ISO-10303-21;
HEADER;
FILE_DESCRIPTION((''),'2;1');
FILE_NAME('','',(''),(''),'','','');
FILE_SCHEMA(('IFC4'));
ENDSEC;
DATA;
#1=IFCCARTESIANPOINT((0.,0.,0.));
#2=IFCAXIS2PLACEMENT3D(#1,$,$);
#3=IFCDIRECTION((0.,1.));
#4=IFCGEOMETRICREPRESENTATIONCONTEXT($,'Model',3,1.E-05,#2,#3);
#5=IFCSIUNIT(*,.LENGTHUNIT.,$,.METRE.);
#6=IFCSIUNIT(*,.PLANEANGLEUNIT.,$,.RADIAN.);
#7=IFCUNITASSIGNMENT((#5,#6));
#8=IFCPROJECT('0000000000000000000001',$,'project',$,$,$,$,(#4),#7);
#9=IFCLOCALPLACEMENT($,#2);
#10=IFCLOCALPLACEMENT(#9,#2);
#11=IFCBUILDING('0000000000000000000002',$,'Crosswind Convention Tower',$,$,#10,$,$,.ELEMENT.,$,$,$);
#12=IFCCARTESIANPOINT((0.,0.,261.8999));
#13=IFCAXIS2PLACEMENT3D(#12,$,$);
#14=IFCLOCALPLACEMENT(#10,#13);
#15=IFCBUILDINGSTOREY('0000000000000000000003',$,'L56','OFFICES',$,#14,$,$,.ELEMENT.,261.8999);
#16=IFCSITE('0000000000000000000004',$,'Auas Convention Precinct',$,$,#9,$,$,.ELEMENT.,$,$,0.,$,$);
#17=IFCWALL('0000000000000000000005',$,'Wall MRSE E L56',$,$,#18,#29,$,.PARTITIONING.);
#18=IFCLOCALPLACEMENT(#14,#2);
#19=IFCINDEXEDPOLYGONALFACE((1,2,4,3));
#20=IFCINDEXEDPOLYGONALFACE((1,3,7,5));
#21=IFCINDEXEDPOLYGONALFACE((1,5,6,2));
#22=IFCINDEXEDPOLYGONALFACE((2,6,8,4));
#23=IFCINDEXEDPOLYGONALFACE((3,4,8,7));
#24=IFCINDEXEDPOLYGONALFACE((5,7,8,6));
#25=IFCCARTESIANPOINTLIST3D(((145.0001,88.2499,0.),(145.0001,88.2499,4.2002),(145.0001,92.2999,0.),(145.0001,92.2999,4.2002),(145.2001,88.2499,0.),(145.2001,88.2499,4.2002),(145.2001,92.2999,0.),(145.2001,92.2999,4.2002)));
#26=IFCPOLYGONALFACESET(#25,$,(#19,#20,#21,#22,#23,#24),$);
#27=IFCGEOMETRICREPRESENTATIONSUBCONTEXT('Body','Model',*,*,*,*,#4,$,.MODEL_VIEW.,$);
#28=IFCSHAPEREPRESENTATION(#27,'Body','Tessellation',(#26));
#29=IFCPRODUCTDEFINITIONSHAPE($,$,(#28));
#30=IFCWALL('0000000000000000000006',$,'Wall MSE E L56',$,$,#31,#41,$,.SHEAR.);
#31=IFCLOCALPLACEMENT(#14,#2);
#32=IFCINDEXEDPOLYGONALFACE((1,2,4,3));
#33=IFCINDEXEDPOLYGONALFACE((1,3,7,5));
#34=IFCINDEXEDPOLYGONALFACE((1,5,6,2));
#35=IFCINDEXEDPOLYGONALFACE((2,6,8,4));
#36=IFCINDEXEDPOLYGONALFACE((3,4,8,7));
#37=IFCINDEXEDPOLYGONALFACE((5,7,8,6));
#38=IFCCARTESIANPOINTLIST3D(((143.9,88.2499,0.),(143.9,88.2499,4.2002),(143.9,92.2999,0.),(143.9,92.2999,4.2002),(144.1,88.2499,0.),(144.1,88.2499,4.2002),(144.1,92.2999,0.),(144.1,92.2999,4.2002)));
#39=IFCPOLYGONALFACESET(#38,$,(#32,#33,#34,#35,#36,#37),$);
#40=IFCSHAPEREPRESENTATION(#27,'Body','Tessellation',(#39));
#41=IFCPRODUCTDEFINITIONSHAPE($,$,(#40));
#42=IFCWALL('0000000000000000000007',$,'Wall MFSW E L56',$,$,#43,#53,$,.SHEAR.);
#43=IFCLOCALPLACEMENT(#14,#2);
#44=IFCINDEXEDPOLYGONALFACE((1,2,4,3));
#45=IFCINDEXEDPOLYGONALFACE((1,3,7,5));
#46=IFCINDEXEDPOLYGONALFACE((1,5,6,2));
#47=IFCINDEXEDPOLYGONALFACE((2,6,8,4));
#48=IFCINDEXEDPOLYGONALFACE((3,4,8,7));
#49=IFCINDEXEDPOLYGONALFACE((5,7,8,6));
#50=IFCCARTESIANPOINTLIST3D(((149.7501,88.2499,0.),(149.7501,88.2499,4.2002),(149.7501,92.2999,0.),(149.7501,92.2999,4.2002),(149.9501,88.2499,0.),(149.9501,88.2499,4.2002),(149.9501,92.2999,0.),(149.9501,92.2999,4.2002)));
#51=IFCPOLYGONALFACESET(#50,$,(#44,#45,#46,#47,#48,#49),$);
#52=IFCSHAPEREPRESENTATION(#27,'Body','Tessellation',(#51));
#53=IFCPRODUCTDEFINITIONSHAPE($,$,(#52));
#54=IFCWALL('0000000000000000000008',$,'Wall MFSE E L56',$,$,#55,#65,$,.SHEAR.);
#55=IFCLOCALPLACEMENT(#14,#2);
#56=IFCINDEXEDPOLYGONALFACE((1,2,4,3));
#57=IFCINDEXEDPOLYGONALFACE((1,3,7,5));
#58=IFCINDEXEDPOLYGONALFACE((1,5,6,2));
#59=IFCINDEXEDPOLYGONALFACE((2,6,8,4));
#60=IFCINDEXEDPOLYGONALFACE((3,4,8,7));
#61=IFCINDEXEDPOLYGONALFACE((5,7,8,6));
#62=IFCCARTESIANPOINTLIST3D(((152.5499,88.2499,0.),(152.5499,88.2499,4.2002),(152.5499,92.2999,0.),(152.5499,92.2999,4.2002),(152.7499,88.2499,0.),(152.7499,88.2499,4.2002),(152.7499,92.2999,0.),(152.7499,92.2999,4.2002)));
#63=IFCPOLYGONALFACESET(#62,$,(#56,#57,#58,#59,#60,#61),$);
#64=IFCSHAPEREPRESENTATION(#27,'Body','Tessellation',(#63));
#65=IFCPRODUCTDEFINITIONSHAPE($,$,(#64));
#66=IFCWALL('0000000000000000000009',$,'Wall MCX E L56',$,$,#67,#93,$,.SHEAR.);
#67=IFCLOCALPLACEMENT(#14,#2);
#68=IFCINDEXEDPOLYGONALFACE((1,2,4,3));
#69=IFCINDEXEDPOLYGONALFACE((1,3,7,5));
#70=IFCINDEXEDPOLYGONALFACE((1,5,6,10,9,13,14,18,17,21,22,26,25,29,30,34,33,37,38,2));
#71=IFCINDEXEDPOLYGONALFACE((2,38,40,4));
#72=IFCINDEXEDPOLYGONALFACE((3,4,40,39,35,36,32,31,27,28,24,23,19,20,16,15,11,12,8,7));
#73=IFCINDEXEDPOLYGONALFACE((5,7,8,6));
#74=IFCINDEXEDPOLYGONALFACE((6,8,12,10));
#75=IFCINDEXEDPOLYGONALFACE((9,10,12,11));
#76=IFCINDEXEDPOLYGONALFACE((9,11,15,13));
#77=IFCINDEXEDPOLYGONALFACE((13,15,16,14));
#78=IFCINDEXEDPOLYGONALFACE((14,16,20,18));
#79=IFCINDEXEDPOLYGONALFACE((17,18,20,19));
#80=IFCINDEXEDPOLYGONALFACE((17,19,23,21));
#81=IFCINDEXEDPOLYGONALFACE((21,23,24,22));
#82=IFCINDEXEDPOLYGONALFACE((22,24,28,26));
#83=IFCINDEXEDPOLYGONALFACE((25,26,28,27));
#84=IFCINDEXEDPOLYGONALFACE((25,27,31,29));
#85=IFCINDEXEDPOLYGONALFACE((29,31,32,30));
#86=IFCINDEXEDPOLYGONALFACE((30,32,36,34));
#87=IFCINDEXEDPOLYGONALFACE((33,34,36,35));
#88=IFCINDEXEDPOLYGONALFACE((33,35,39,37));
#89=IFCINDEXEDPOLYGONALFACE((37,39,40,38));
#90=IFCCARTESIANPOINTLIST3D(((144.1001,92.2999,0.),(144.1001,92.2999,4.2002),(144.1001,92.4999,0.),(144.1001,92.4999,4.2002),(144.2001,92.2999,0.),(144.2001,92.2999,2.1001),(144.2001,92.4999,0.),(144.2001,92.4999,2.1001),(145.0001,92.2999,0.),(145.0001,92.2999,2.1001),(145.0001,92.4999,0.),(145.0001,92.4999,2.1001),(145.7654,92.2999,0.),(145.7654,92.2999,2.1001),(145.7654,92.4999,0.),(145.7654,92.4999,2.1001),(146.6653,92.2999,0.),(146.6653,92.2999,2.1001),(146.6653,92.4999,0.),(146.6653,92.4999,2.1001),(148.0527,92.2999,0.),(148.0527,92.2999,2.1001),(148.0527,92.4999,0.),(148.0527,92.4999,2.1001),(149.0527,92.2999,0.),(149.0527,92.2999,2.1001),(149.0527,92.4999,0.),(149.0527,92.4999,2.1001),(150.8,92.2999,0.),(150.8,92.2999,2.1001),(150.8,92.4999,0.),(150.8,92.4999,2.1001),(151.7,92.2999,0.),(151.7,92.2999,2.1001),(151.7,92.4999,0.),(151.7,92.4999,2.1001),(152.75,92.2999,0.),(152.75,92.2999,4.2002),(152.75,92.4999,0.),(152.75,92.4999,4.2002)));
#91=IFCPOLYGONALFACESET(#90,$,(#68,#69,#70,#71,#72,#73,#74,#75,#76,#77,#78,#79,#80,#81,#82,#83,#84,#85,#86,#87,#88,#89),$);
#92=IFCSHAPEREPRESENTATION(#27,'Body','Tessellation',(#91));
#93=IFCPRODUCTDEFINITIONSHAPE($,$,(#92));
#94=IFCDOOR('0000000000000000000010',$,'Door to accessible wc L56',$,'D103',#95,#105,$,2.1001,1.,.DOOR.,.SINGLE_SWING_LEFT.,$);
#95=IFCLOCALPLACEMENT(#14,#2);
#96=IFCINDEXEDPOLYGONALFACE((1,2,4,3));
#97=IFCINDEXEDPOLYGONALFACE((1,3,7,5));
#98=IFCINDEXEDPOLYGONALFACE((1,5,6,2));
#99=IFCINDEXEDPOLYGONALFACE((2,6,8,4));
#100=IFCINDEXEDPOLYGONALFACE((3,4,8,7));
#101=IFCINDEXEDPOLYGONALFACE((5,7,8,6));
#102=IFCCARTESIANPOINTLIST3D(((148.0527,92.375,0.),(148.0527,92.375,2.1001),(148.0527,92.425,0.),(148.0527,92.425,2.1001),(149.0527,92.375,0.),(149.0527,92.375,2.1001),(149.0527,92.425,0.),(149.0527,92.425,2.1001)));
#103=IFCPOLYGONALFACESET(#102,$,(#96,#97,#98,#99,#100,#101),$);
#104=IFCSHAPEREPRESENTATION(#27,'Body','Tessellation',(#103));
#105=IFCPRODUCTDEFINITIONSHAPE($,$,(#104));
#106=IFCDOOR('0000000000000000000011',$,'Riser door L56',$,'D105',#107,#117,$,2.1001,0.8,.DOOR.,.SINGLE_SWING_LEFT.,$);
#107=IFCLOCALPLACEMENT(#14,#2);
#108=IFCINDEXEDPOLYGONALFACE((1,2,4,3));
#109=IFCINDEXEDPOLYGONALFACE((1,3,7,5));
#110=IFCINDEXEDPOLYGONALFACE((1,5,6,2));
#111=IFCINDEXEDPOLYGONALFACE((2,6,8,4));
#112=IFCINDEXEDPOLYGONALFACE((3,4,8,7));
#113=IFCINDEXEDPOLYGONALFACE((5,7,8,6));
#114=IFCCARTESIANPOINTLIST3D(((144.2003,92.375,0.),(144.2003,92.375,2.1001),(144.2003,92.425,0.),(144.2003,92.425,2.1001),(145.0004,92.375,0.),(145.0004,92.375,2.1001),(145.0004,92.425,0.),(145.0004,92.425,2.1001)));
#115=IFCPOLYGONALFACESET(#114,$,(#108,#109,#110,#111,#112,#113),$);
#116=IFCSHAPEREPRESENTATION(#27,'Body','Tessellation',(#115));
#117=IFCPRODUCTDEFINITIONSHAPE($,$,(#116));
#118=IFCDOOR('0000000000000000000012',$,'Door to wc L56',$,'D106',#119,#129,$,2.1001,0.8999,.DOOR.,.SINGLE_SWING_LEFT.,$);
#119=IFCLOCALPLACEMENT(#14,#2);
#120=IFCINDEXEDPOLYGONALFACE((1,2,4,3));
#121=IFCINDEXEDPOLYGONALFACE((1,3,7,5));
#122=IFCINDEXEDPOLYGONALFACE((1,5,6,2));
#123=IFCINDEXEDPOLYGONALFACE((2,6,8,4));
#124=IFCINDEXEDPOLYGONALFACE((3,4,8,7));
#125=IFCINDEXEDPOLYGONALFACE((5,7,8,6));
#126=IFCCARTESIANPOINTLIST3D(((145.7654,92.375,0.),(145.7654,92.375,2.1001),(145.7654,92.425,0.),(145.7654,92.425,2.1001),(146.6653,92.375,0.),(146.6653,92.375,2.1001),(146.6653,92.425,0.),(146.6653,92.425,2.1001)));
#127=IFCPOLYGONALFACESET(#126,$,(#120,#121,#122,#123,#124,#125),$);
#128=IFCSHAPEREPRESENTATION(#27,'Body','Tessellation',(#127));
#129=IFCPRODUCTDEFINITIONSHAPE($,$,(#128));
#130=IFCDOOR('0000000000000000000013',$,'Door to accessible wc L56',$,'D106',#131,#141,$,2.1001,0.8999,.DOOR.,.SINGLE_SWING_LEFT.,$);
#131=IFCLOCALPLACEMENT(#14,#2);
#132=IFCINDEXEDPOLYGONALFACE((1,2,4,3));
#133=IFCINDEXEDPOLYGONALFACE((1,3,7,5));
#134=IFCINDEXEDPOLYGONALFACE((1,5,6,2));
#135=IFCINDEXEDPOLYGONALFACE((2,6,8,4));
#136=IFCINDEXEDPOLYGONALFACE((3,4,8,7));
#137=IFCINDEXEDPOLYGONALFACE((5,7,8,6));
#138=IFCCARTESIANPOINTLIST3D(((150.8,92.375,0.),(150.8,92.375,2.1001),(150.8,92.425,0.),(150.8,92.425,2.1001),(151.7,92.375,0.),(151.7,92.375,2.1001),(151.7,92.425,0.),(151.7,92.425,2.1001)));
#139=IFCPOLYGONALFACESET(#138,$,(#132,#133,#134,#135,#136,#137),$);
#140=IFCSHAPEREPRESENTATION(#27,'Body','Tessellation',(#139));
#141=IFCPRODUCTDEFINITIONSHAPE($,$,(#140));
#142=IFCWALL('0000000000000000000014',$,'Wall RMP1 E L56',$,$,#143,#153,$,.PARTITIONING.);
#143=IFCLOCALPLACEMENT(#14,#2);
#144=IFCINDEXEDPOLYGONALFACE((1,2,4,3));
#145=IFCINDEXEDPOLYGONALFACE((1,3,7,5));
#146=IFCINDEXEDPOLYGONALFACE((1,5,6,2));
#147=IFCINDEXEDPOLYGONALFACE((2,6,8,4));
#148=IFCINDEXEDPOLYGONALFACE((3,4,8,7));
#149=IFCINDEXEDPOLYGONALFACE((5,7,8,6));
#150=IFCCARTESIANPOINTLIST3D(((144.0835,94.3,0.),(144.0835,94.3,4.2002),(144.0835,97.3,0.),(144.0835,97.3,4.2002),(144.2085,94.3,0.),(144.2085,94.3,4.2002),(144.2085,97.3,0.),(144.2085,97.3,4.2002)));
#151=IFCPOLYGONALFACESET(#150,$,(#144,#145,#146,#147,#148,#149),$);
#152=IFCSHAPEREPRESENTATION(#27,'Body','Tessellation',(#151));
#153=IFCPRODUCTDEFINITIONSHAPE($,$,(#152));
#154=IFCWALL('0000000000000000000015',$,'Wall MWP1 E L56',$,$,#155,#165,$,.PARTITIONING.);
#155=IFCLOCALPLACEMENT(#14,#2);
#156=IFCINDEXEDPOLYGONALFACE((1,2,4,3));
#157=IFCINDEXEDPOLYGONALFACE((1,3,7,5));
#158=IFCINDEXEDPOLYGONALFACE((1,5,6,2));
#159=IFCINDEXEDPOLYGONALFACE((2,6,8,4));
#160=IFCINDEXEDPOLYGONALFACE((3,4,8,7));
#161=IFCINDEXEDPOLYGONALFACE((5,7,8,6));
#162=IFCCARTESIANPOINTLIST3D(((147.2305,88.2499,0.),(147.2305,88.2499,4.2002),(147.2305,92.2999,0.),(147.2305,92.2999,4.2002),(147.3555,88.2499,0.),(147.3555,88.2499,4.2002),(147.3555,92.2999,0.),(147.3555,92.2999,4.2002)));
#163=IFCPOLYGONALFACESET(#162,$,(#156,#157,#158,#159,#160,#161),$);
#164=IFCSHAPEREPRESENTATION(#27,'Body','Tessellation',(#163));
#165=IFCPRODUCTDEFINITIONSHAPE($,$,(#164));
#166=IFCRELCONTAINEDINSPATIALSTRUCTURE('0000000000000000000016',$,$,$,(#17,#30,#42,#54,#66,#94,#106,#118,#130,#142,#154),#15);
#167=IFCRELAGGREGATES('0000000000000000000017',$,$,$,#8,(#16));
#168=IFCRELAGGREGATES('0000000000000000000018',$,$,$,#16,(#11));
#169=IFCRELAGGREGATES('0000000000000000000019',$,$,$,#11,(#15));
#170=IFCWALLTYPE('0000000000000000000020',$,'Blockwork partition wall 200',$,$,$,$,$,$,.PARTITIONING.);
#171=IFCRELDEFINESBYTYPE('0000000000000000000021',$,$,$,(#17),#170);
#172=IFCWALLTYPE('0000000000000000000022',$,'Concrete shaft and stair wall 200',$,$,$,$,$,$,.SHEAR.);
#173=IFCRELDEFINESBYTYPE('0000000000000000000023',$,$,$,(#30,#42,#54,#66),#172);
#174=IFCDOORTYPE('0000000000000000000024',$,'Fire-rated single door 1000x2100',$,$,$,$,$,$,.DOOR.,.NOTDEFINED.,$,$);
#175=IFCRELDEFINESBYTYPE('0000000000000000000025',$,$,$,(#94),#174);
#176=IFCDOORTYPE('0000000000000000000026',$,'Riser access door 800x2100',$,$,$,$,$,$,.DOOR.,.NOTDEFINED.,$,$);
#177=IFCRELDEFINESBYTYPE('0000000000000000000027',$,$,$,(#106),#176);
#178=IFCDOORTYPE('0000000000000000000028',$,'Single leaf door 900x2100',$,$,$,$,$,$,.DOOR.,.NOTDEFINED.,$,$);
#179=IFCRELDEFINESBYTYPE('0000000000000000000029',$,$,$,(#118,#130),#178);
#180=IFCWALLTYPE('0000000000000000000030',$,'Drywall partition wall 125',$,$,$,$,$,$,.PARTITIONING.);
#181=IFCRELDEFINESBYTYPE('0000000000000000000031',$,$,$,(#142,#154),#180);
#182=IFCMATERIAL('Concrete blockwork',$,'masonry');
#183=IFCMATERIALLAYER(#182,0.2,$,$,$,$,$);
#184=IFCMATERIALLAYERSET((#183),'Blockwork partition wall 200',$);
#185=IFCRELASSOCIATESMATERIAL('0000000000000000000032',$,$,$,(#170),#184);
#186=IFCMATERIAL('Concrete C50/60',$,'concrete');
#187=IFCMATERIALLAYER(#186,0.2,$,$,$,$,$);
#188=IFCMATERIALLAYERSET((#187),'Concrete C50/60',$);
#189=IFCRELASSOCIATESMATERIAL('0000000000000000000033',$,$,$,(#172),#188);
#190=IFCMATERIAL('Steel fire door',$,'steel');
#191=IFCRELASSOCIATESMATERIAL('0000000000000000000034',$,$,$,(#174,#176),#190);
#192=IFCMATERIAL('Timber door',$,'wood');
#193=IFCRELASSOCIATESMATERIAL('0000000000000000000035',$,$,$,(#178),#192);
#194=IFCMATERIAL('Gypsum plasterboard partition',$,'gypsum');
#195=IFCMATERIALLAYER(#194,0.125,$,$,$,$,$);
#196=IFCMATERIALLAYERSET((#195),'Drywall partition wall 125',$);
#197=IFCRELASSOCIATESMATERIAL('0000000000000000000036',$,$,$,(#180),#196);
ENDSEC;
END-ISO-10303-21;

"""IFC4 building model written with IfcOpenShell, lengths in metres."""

from ifc_helpers import new_model, si_unit, direction, frame, frame_2d, origin, place, context, subcontext, project, spatial, rectangle, extrude, material, layer, layer_set, type_object, element, fill, save


model = new_model("IFC4")

# Units and contexts
model_context = context("Model", 3, precision=1e-05, world=origin(), true_north=direction((0.0, 1.0)))
body_context = subcontext(model_context, "Body", "Model", "MODEL_VIEW")
ifc_project = project(units=[si_unit("LENGTHUNIT", "METRE"), si_unit("PLANEANGLEUNIT", "RADIAN")], contexts=[model_context])

# Site, building, storey
site_placement = place(None, origin())
site = spatial("IfcSite", under=ifc_project, at=site_placement, Name="Auas Convention Precinct", CompositionType="ELEMENT", RefElevation=0.0)
building_placement = place(site_placement, origin())
building = spatial("IfcBuilding", under=site, at=building_placement, Name="Crosswind Convention Tower", CompositionType="ELEMENT")
storey_placement = place(building_placement, frame((0.0, 0.0, 261.8999)))
storey = spatial("IfcBuildingStorey", under=building, at=storey_placement, Name="L56", Description="OFFICES", CompositionType="ELEMENT", Elevation=261.8999)

# Walls
ifc_material_1 = material(Name="Concrete blockwork", Category="masonry")
ifc_layer_1 = layer(ifc_material_1, 0.2)
ifc_layer_set_1 = layer_set([ifc_layer_1], Name="Blockwork partition wall 200")
wall_type_1 = type_object("IfcWallType", Name="Blockwork partition wall 200", PredefinedType="PARTITIONING", material=ifc_layer_set_1)
wall_1_placement = place(storey_placement, frame((145.1001, 88.25, 0.0), z_axis=(0.0, 0.0, 1.0), x_axis=(0.0, 1.0, 0.0)))
element("IfcWall", 1, at=wall_1_placement, inside=storey, type_object=wall_type_1, Name="Wall MRSE E L56", PredefinedType="PARTITIONING", context=body_context, shape_type="SweptSolid", body=[
    extrude(rectangle(XDim=4.05, YDim=0.2, at=frame_2d((2.0249, 0.0))), origin(), (0.0, 0.0, 1.0), 4.2002),
])
ifc_material_2 = material(Name="Concrete C50/60", Category="concrete")
ifc_layer_2 = layer(ifc_material_2, 0.2)
ifc_layer_set_2 = layer_set([ifc_layer_2], Name="Concrete C50/60")
wall_type_2 = type_object("IfcWallType", Name="Concrete shaft and stair wall 200", PredefinedType="SHEAR", material=ifc_layer_set_2)
for number, where, z_axis, x_axis, name in (
    (2, (144.0, 88.25, 0.0), (0.0, 0.0, 1.0), (0.0, 1.0, 0.0), "Wall MSE E L56"),
    (3, (149.8501, 88.25, 0.0), (0.0, 0.0, 1.0), (0.0, 1.0, 0.0), "Wall MFSW E L56"),
    (4, (152.6499, 88.25, 0.0), (0.0, 0.0, 1.0), (0.0, 1.0, 0.0), "Wall MFSE E L56"),
):
    element("IfcWall", number, at=place(storey_placement, frame(where, z_axis=z_axis, x_axis=x_axis)), inside=storey, type_object=wall_type_2, Name=name, PredefinedType="SHEAR", context=body_context, shape_type="SweptSolid", body=[
        extrude(rectangle(XDim=4.05, YDim=0.2, at=frame_2d((2.0249, 0.0))), origin(), (0.0, 0.0, 1.0), 4.2002),
    ])

# Wall, openings, doors
wall_2_placement = place(storey_placement, frame((144.1001, 92.3999, 0.0), z_axis=(0.0, 0.0, 1.0), x_axis=(1.0, 0.0, 0.0)))
wall_2 = element("IfcWall", 5, at=wall_2_placement, inside=storey, type_object=wall_type_2, Name="Wall MCX E L56", PredefinedType="SHEAR", context=body_context, shape_type="SweptSolid", body=[
    extrude(rectangle(XDim=8.6499, YDim=0.2, at=frame_2d((4.325, 0.0))), origin(), (0.0, 0.0, 1.0), 4.2002),
])
opening_1_placement = place(wall_2_placement, frame((0.1001, 0.0, 0.0)))
opening_1 = element("IfcOpeningElement", 6, at=opening_1_placement, cuts=wall_2, PredefinedType="OPENING", context=body_context, shape_type="SweptSolid", body=[
    extrude(rectangle(XDim=0.8, YDim=2.1001, at=frame_2d((0.3999, 1.05))), frame((0.0, 0.1099, 0.0), z_axis=(0.0, -1.0, 0.0), x_axis=(1.0, 0.0, 0.0)), (0.0, 0.0, 1.0), 0.22),
])
opening_2_placement = place(wall_2_placement, frame((1.6653, 0.0, 0.0)))
opening_2 = element("IfcOpeningElement", 7, at=opening_2_placement, cuts=wall_2, PredefinedType="OPENING", context=body_context, shape_type="SweptSolid", body=[
    extrude(rectangle(XDim=0.8999, YDim=2.1001, at=frame_2d((0.45, 1.05))), frame((0.0, 0.1099, 0.0), z_axis=(0.0, -1.0, 0.0), x_axis=(1.0, 0.0, 0.0)), (0.0, 0.0, 1.0), 0.22),
])
opening_3_placement = place(wall_2_placement, frame((3.9526, 0.0, 0.0)))
opening_3 = element("IfcOpeningElement", 8, at=opening_3_placement, cuts=wall_2, PredefinedType="OPENING", context=body_context, shape_type="SweptSolid", body=[
    extrude(rectangle(XDim=1.0, YDim=2.1001, at=frame_2d((0.5, 1.05))), frame((0.0, 0.1099, 0.0), z_axis=(0.0, -1.0, 0.0), x_axis=(1.0, 0.0, 0.0)), (0.0, 0.0, 1.0), 0.22),
])
opening_4_placement = place(wall_2_placement, frame((6.7, 0.0, 0.0)))
opening_4 = element("IfcOpeningElement", 9, at=opening_4_placement, cuts=wall_2, PredefinedType="OPENING", context=body_context, shape_type="SweptSolid", body=[
    extrude(rectangle(XDim=0.8999, YDim=2.1001, at=frame_2d((0.45, 1.05))), frame((0.0, 0.1099, 0.0), z_axis=(0.0, -1.0, 0.0), x_axis=(1.0, 0.0, 0.0)), (0.0, 0.0, 1.0), 0.22),
])
ifc_material_3 = material(Name="Steel fire door", Category="steel")
door_type_1 = type_object("IfcDoorType", Name="Fire-rated single door 1000x2100", OperationType="NOTDEFINED", PredefinedType="DOOR", material=ifc_material_3)
door_1_placement = place(opening_3_placement, frame((1.0, 0.0, 0.0), z_axis=(0.0, 0.0, 1.0), x_axis=(-1.0, 0.0, 0.0)))
door_1 = element("IfcDoor", 10, at=door_1_placement, inside=storey, type_object=door_type_1, Name="Door to accessible wc L56", ObjectType="D103", OperationType="SINGLE_SWING_LEFT", OverallHeight=2.1001, OverallWidth=1.0, PredefinedType="DOOR", context=body_context, shape_type="SweptSolid", body=[
    extrude(rectangle(XDim=1.0, YDim=2.1001, at=frame_2d((0.5, 1.05))), frame((0.0, 0.0249, 0.0), z_axis=(0.0, -1.0, 0.0), x_axis=(1.0, 0.0, 0.0)), (0.0, 0.0, 1.0), 0.05),
])
fill(opening_3, door_1)
door_type_2 = type_object("IfcDoorType", Name="Riser access door 800x2100", OperationType="NOTDEFINED", PredefinedType="DOOR", material=ifc_material_3)
door_2_placement = place(opening_1_placement, frame((0.8, 0.0, 0.0), z_axis=(0.0, 0.0, 1.0), x_axis=(-1.0, 0.0, 0.0)))
door_2 = element("IfcDoor", 11, at=door_2_placement, inside=storey, type_object=door_type_2, Name="Riser door L56", ObjectType="D105", OperationType="SINGLE_SWING_LEFT", OverallHeight=2.1001, OverallWidth=0.8, PredefinedType="DOOR", context=body_context, shape_type="SweptSolid", body=[
    extrude(rectangle(XDim=0.8, YDim=2.1001, at=frame_2d((0.3999, 1.05))), frame((0.0, 0.0249, 0.0), z_axis=(0.0, -1.0, 0.0), x_axis=(1.0, 0.0, 0.0)), (0.0, 0.0, 1.0), 0.05),
])
fill(opening_1, door_2)
ifc_material_4 = material(Name="Timber door", Category="wood")
door_type_3 = type_object("IfcDoorType", Name="Single leaf door 900x2100", OperationType="NOTDEFINED", PredefinedType="DOOR", material=ifc_material_4)
door_3_placement = place(opening_2_placement, frame((0.8999, 0.0, 0.0), z_axis=(0.0, 0.0, 1.0), x_axis=(-1.0, 0.0, 0.0)))
door_3 = element("IfcDoor", 12, at=door_3_placement, inside=storey, type_object=door_type_3, Name="Door to wc L56", ObjectType="D106", OperationType="SINGLE_SWING_LEFT", OverallHeight=2.1001, OverallWidth=0.8999, PredefinedType="DOOR", context=body_context, shape_type="SweptSolid", body=[
    extrude(rectangle(XDim=0.8999, YDim=2.1001, at=frame_2d((0.45, 1.05))), frame((0.0, 0.0249, 0.0), z_axis=(0.0, -1.0, 0.0), x_axis=(1.0, 0.0, 0.0)), (0.0, 0.0, 1.0), 0.05),
])
fill(opening_2, door_3)
door_4_placement = place(opening_4_placement, frame((0.8999, 0.0, 0.0), z_axis=(0.0, 0.0, 1.0), x_axis=(-1.0, 0.0, 0.0)))
door_4 = element("IfcDoor", 13, at=door_4_placement, inside=storey, type_object=door_type_3, Name="Door to accessible wc L56", ObjectType="D106", OperationType="SINGLE_SWING_LEFT", OverallHeight=2.1001, OverallWidth=0.8999, PredefinedType="DOOR", context=body_context, shape_type="SweptSolid", body=[
    extrude(rectangle(XDim=0.8999, YDim=2.1001, at=frame_2d((0.45, 1.05))), frame((0.0, 0.0249, 0.0), z_axis=(0.0, -1.0, 0.0), x_axis=(1.0, 0.0, 0.0)), (0.0, 0.0, 1.0), 0.05),
])
fill(opening_4, door_4)

# Walls
ifc_material_5 = material(Name="Gypsum plasterboard partition", Category="gypsum")
ifc_layer_3 = layer(ifc_material_5, 0.125)
ifc_layer_set_3 = layer_set([ifc_layer_3], Name="Drywall partition wall 125")
wall_type_3 = type_object("IfcWallType", Name="Drywall partition wall 125", PredefinedType="PARTITIONING", material=ifc_layer_set_3)
wall_3_placement = place(storey_placement, frame((144.146, 94.3, 0.0), z_axis=(0.0, 0.0, 1.0), x_axis=(0.0, 1.0, 0.0)))
element("IfcWall", 14, at=wall_3_placement, inside=storey, type_object=wall_type_3, Name="Wall RMP1 E L56", PredefinedType="PARTITIONING", context=body_context, shape_type="SweptSolid", body=[
    extrude(rectangle(XDim=3.0, YDim=0.125, at=frame_2d((1.5, 0.0))), origin(), (0.0, 0.0, 1.0), 4.2002),
])
wall_4_placement = place(storey_placement, frame((147.293, 88.25, 0.0), z_axis=(0.0, 0.0, 1.0), x_axis=(0.0, 1.0, 0.0)))
element("IfcWall", 15, at=wall_4_placement, inside=storey, type_object=wall_type_3, Name="Wall MWP1 E L56", PredefinedType="PARTITIONING", context=body_context, shape_type="SweptSolid", body=[
    extrude(rectangle(XDim=4.05, YDim=0.125, at=frame_2d((2.0249, 0.0))), origin(), (0.0, 0.0, 1.0), 4.2002),
])

save(model, "model.ifc")
